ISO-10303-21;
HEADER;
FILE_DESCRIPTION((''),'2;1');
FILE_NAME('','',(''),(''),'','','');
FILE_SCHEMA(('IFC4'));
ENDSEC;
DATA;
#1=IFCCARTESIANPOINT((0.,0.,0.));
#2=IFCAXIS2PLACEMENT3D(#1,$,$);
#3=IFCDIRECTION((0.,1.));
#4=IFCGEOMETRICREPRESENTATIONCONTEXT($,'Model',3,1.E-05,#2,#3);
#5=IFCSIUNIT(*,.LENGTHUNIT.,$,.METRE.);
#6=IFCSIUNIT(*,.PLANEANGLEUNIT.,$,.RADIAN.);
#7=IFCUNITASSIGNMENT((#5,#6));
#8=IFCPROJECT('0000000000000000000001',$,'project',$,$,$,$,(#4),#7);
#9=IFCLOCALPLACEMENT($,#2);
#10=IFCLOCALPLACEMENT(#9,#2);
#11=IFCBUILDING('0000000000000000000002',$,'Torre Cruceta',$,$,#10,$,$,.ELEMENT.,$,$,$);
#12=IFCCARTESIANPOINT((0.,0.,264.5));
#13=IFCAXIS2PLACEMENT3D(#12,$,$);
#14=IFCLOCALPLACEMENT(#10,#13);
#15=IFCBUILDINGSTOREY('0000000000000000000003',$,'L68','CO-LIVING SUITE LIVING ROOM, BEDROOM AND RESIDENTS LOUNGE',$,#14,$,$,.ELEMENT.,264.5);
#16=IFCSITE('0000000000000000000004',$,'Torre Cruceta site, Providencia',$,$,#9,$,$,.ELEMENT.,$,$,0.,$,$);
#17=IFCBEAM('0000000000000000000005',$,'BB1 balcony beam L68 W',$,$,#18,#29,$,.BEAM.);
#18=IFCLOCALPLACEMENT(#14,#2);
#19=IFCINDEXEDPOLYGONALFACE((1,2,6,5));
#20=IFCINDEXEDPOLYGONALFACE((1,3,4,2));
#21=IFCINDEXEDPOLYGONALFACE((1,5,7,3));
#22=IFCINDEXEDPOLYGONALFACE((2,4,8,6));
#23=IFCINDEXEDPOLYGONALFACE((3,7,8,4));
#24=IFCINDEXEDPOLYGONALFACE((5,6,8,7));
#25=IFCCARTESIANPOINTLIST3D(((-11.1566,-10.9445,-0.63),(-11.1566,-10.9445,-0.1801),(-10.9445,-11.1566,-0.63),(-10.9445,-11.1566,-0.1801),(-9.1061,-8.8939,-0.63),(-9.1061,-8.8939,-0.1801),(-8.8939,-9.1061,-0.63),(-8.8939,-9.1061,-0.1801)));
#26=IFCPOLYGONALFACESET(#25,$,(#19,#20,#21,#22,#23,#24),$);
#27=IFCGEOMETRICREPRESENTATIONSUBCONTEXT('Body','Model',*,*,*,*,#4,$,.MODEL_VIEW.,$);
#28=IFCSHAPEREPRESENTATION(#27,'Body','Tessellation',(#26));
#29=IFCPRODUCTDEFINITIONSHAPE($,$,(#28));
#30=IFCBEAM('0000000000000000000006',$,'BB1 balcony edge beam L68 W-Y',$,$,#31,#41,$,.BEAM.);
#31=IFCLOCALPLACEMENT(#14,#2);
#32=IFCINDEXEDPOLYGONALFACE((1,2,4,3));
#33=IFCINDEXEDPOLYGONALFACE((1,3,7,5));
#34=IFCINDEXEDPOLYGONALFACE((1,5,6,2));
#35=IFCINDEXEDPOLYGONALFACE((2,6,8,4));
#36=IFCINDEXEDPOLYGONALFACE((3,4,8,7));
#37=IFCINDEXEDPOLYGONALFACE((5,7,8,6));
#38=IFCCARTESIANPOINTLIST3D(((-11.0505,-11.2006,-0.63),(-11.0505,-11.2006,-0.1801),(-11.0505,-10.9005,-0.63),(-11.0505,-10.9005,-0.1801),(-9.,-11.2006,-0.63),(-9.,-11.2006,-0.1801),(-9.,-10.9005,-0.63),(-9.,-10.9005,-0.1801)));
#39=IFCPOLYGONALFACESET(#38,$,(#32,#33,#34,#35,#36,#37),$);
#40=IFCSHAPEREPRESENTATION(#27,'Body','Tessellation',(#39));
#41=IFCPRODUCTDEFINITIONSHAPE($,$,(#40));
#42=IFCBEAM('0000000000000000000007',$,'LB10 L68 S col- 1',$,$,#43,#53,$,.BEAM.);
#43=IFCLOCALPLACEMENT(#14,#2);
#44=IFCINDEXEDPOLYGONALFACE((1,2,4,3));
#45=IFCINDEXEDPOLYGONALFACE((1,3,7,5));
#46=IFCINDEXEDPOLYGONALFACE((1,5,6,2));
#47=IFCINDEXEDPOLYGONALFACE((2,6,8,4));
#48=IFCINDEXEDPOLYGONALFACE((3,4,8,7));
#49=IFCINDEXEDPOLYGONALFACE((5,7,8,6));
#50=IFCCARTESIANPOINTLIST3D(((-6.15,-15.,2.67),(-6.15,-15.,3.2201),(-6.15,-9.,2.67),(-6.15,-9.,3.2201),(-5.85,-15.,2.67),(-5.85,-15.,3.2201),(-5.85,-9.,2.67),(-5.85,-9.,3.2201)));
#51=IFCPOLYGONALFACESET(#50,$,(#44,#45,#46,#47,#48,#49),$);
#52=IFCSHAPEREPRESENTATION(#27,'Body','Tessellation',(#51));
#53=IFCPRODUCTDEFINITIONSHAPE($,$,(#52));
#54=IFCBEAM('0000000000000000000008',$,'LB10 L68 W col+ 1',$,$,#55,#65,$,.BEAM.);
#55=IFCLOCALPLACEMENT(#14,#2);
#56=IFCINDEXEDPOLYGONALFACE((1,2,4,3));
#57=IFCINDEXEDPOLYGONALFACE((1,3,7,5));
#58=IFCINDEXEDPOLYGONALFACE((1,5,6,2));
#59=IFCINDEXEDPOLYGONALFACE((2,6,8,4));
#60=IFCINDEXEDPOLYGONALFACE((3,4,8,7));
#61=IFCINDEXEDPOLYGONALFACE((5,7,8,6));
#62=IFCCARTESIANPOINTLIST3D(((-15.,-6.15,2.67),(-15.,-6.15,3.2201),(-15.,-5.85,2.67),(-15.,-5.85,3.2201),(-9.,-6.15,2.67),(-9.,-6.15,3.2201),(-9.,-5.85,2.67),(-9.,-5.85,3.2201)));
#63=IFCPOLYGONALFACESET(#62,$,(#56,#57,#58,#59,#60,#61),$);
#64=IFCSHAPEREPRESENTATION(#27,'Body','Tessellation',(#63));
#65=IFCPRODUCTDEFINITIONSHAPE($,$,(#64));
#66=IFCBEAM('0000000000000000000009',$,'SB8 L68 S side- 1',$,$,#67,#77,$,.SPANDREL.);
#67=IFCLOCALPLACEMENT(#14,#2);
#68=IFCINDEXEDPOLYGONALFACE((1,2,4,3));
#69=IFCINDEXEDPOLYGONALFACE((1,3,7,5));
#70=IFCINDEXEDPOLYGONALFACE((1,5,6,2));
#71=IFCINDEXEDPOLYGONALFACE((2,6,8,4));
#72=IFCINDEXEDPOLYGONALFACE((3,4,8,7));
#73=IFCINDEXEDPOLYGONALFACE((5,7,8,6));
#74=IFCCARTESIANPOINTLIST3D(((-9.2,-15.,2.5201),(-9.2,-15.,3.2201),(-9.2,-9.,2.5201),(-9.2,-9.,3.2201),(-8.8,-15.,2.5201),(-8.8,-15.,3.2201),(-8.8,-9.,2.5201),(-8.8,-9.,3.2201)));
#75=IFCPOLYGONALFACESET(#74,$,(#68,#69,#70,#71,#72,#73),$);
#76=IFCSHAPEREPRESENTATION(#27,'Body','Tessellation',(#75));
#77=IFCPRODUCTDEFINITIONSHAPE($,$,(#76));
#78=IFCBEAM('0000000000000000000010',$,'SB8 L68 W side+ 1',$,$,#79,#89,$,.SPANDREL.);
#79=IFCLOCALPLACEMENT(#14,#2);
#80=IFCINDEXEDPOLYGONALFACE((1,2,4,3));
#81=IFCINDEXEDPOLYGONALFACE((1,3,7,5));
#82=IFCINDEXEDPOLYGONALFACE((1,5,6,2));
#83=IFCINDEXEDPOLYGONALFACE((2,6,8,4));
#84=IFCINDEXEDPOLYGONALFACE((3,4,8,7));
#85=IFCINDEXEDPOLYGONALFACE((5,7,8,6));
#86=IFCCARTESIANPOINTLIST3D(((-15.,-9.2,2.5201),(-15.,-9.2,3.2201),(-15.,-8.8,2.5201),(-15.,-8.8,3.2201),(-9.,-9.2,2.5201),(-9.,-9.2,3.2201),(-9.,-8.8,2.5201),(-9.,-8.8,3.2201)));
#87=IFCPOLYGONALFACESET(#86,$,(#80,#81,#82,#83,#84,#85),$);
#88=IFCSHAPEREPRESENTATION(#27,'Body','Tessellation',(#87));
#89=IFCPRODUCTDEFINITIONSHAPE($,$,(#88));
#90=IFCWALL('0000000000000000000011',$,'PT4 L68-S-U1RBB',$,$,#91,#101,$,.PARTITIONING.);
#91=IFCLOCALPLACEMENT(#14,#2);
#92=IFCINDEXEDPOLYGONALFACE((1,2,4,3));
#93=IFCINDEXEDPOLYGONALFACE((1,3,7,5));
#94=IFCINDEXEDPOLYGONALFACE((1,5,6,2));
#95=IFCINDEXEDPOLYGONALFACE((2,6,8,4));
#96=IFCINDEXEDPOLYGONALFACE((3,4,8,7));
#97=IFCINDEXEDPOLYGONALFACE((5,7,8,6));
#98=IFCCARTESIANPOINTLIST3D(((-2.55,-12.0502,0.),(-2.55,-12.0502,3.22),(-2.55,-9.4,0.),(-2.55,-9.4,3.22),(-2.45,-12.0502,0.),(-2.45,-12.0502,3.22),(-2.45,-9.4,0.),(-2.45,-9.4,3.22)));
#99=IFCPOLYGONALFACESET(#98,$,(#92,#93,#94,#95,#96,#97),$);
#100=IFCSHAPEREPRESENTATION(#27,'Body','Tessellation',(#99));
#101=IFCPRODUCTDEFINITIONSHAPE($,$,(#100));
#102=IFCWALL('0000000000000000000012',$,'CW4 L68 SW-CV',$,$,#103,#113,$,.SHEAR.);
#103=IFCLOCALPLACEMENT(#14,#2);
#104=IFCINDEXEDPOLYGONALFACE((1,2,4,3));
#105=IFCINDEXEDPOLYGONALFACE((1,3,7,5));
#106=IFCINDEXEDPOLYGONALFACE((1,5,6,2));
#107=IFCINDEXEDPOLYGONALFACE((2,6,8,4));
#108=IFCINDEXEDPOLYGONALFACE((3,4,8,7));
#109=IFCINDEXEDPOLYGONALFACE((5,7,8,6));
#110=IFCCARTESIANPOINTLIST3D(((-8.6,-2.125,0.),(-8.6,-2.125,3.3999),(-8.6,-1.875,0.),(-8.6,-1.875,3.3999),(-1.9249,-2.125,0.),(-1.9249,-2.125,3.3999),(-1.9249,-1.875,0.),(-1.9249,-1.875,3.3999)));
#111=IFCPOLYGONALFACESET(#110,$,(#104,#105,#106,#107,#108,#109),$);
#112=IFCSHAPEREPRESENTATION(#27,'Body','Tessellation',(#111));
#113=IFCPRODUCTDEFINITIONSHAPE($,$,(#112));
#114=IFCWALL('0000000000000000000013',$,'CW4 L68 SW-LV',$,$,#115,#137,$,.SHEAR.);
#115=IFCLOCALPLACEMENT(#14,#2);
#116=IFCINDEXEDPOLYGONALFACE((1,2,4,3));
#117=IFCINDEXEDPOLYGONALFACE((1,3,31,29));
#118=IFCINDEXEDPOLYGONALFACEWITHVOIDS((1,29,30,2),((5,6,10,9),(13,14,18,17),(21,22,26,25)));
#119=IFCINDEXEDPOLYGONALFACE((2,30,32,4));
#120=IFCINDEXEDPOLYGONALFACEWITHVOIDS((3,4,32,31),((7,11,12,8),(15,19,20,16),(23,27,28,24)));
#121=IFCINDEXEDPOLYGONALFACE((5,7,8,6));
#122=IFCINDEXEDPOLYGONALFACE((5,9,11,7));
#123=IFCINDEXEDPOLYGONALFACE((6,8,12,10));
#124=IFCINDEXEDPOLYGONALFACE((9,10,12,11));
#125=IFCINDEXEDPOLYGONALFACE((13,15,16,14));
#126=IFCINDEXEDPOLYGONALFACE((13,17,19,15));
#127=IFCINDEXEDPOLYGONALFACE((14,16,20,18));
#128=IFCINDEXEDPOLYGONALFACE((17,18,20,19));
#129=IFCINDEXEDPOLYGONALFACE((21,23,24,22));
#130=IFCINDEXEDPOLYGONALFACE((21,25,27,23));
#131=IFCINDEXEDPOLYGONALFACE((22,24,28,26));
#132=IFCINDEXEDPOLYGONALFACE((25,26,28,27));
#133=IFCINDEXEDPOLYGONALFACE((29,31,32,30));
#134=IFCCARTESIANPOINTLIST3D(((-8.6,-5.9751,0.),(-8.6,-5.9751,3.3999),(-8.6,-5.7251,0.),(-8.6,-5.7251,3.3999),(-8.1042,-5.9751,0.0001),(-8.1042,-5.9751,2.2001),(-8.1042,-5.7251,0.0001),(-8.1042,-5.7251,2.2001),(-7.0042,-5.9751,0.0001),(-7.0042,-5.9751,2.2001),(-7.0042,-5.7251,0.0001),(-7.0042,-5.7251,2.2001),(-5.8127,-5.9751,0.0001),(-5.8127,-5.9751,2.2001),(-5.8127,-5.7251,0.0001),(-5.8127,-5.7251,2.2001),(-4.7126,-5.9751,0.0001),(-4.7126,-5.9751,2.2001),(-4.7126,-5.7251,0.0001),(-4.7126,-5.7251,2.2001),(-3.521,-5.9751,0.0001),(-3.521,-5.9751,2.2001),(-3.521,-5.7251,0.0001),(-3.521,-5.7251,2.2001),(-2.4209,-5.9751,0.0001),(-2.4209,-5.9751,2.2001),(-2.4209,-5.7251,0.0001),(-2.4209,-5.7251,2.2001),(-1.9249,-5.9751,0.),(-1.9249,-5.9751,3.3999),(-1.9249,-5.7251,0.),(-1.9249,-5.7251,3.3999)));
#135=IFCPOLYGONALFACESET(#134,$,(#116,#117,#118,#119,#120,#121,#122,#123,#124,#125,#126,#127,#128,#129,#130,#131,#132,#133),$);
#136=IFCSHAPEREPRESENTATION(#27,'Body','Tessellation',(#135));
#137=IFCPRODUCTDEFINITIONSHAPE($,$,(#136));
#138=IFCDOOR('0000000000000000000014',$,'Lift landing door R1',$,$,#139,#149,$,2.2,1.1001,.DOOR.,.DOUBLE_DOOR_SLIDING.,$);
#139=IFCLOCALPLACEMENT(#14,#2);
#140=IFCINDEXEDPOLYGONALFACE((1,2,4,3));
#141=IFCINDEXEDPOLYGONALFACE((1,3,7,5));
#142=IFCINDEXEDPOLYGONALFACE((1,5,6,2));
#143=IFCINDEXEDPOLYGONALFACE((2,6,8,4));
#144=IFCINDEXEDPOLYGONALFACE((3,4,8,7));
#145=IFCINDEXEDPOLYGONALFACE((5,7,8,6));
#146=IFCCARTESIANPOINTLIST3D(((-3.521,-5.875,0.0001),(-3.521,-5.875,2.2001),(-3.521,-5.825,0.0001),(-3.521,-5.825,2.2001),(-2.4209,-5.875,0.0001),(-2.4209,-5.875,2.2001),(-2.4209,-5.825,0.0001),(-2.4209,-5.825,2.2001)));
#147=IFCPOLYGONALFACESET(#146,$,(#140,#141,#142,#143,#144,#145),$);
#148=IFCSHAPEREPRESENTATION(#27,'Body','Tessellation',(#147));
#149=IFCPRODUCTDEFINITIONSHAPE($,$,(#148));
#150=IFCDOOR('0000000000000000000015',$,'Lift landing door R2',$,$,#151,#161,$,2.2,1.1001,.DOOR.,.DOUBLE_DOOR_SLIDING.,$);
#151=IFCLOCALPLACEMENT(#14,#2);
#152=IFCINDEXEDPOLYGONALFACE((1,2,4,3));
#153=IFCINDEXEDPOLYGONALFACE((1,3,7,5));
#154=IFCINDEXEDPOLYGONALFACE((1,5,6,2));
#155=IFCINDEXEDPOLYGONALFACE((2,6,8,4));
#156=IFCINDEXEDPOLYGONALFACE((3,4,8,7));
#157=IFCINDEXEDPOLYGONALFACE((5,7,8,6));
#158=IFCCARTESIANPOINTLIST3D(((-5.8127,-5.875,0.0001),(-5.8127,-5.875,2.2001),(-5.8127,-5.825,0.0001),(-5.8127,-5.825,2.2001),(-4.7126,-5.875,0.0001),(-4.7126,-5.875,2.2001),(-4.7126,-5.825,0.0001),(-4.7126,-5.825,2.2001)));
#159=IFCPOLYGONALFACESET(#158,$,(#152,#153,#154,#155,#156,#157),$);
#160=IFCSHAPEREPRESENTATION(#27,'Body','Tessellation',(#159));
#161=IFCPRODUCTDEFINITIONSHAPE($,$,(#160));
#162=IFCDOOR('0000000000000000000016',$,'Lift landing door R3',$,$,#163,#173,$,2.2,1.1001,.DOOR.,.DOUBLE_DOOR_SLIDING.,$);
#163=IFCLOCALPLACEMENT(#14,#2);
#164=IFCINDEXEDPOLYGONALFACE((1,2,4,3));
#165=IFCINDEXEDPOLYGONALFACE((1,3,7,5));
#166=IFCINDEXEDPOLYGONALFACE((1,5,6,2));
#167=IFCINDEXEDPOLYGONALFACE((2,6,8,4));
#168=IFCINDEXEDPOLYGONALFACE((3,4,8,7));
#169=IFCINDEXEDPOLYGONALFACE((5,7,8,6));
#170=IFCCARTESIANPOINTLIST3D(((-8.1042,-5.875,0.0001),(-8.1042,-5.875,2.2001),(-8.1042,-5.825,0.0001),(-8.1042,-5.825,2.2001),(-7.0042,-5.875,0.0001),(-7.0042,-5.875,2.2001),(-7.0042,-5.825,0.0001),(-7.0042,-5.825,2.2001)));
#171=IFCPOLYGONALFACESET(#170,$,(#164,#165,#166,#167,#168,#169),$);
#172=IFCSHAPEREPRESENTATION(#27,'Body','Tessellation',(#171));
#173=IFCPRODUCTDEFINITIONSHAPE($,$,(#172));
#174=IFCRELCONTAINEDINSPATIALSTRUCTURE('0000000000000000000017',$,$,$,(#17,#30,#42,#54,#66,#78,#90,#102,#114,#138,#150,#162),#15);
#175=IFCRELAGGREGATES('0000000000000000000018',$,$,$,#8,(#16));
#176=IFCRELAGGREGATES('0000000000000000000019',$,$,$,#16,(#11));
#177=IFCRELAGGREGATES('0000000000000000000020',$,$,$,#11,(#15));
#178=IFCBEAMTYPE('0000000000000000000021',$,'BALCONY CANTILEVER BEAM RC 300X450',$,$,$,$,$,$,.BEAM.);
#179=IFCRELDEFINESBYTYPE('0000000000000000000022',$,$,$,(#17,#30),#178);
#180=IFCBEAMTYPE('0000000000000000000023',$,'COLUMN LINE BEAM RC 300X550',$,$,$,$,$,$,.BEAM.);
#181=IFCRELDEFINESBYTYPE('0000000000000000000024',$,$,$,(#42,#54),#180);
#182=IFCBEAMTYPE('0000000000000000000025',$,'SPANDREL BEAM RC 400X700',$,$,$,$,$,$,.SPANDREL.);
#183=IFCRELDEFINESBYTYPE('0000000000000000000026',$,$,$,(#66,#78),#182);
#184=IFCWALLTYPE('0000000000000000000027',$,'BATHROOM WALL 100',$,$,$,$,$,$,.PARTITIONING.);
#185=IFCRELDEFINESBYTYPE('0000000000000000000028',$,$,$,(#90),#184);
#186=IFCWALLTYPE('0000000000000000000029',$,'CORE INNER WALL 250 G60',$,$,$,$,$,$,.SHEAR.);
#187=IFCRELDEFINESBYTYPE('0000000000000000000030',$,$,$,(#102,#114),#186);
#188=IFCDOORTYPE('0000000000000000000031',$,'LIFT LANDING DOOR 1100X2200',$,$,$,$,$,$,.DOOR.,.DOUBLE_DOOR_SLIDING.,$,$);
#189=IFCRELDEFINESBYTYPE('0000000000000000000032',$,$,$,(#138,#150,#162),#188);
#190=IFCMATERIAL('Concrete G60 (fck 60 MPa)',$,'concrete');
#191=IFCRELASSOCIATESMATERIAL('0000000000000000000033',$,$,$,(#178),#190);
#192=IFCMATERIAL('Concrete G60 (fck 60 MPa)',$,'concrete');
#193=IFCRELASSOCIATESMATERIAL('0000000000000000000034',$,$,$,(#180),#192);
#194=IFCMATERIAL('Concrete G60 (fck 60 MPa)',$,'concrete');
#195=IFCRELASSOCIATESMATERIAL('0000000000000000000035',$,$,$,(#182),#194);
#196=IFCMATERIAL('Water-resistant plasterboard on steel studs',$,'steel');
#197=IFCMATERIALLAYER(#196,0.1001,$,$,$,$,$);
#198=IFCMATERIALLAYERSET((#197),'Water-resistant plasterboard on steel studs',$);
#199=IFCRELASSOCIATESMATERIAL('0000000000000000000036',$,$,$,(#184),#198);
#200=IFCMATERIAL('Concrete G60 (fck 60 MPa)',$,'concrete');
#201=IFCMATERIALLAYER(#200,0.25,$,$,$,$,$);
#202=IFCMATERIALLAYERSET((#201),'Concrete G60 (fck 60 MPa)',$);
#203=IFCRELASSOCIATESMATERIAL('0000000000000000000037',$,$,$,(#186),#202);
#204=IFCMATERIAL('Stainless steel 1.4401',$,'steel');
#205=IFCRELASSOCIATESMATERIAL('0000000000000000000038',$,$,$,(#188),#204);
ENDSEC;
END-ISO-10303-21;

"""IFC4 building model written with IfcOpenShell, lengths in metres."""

from ifc_helpers import new_model, si_unit, direction, frame, frame_2d, origin, origin_2d, place, context, subcontext, project, spatial, rectangle, extrude, material, layer, layer_set, material_profile, profile_set, type_object, element, fill, save


model = new_model("IFC4")

# Units and contexts
model_context = context("Model", 3, precision=1e-05, world=origin(), true_north=direction((0.0, 1.0)))
body_context = subcontext(model_context, "Body", "Model", "MODEL_VIEW")
ifc_project = project(units=[si_unit("LENGTHUNIT", "METRE"), si_unit("PLANEANGLEUNIT", "RADIAN")], contexts=[model_context])

# Site, building, storey
site_placement = place(None, origin())
site = spatial("IfcSite", under=ifc_project, at=site_placement, Name="Torre Cruceta site, Providencia", CompositionType="ELEMENT", RefElevation=0.0)
building_placement = place(site_placement, origin())
building = spatial("IfcBuilding", under=site, at=building_placement, Name="Torre Cruceta", CompositionType="ELEMENT")
storey_placement = place(building_placement, frame((0.0, 0.0, 264.5)))
storey = spatial("IfcBuildingStorey", under=building, at=storey_placement, Name="L68", Description="CO-LIVING SUITE LIVING ROOM, BEDROOM AND RESIDENTS LOUNGE", CompositionType="ELEMENT", Elevation=264.5)

# Beams
ifc_material_1 = material(Name="Concrete G60 (fck 60 MPa)", Category="concrete")
ifc_material_profile_1 = material_profile(ifc_material_1, rectangle(XDim=0.3, YDim=0.45, at=origin_2d()), Name="RC 300X450")
ifc_profile_set_1 = profile_set([ifc_material_profile_1], Name="Concrete G60 (fck 60 MPa)")
beam_type_1 = type_object("IfcBeamType", Name="BALCONY CANTILEVER BEAM RC 300X450", PredefinedType="BEAM", material=ifc_profile_set_1)
beam_1_placement = place(storey_placement, frame((-9.0, -9.0, -0.405), z_axis=(-0.707107, -0.707107, 0.0), x_axis=(0.707107, -0.707107, 0.0)))
element("IfcBeam", 1, at=beam_1_placement, inside=storey, type_object=beam_type_1, Name="BB1 balcony beam L68 W", PredefinedType="BEAM", context=body_context, shape_type="SweptSolid", body=[
    extrude(rectangle(XDim=0.3, YDim=0.45, at=origin_2d()), origin(), (0.0, 0.0, 1.0), 2.8999),
])
beam_2_placement = place(storey_placement, frame((-9.0, -11.0505, -0.405), z_axis=(-1.0, 0.0, 0.0), x_axis=(0.0, -1.0, 0.0)))
element("IfcBeam", 2, at=beam_2_placement, inside=storey, type_object=beam_type_1, Name="BB1 balcony edge beam L68 W-Y", PredefinedType="BEAM", context=body_context, shape_type="SweptSolid", body=[
    extrude(rectangle(XDim=0.3, YDim=0.45, at=origin_2d()), origin(), (0.0, 0.0, 1.0), 2.0505),
])
ifc_material_2 = material(Name="Concrete G60 (fck 60 MPa)", Category="concrete")
ifc_material_profile_2 = material_profile(ifc_material_2, rectangle(XDim=0.3, YDim=0.55, at=origin_2d()), Name="RC 300X550")
ifc_profile_set_2 = profile_set([ifc_material_profile_2], Name="Concrete G60 (fck 60 MPa)")
beam_type_2 = type_object("IfcBeamType", Name="COLUMN LINE BEAM RC 300X550", PredefinedType="BEAM", material=ifc_profile_set_2)
for number, where, z_axis, x_axis, name in (
    (3, (-6.0, -9.0, 2.9451), (0.0, -1.0, 0.0), (1.0, 0.0, 0.0), "LB10 L68 S col- 1"),
    (4, (-9.0, -6.0, 2.9451), (-1.0, 0.0, 0.0), (0.0, -1.0, 0.0), "LB10 L68 W col+ 1"),
):
    element("IfcBeam", number, at=place(storey_placement, frame(where, z_axis=z_axis, x_axis=x_axis)), inside=storey, type_object=beam_type_2, Name=name, PredefinedType="BEAM", context=body_context, shape_type="SweptSolid", body=[
        extrude(rectangle(XDim=0.3, YDim=0.55, at=origin_2d()), origin(), (0.0, 0.0, 1.0), 6.0),
    ])
ifc_material_3 = material(Name="Concrete G60 (fck 60 MPa)", Category="concrete")
ifc_material_profile_3 = material_profile(ifc_material_3, rectangle(XDim=0.3999, YDim=0.7, at=origin_2d()), Name="RC 400X700")
ifc_profile_set_3 = profile_set([ifc_material_profile_3], Name="Concrete G60 (fck 60 MPa)")
beam_type_3 = type_object("IfcBeamType", Name="SPANDREL BEAM RC 400X700", PredefinedType="SPANDREL", material=ifc_profile_set_3)
for number, where, z_axis, x_axis, name in (
    (5, (-9.0, -9.0, 2.8701), (0.0, -1.0, 0.0), (1.0, 0.0, 0.0), "SB8 L68 S side- 1"),
    (6, (-9.0, -9.0, 2.8701), (-1.0, 0.0, 0.0), (0.0, -1.0, 0.0), "SB8 L68 W side+ 1"),
):
    element("IfcBeam", number, at=place(storey_placement, frame(where, z_axis=z_axis, x_axis=x_axis)), inside=storey, type_object=beam_type_3, Name=name, PredefinedType="SPANDREL", context=body_context, shape_type="SweptSolid", body=[
        extrude(rectangle(XDim=0.3999, YDim=0.7, at=origin_2d()), origin(), (0.0, 0.0, 1.0), 6.0),
    ])

# Wall
ifc_material_4 = material(Name="Water-resistant plasterboard on steel studs", Category="steel")
ifc_layer_1 = layer(ifc_material_4, 0.1001)
ifc_layer_set_1 = layer_set([ifc_layer_1], Name="Water-resistant plasterboard on steel studs")
wall_type_1 = type_object("IfcWallType", Name="BATHROOM WALL 100", PredefinedType="PARTITIONING", material=ifc_layer_set_1)
wall_1_placement = place(storey_placement, frame((-2.5, -9.3999, 0.0), z_axis=(0.0, 0.0, 1.0), x_axis=(0.0, -1.0, 0.0)))
element("IfcWall", 7, at=wall_1_placement, inside=storey, type_object=wall_type_1, Name="PT4 L68-S-U1RBB", PredefinedType="PARTITIONING", context=body_context, shape_type="SweptSolid", body=[
    extrude(rectangle(XDim=2.6501, YDim=0.1001, at=frame_2d((1.3252, 0.0))), origin(), (0.0, 0.0, 1.0), 3.22),
])

# Shared definitions
ifc_material_5 = material(Name="Concrete G60 (fck 60 MPa)", Category="concrete")
ifc_layer_2 = layer(ifc_material_5, 0.25)
ifc_layer_set_2 = layer_set([ifc_layer_2], Name="Concrete G60 (fck 60 MPa)")
wall_type_2 = type_object("IfcWallType", Name="CORE INNER WALL 250 G60", PredefinedType="SHEAR", material=ifc_layer_set_2)

# Wall
wall_2_placement = place(storey_placement, frame((-1.925, -2.0, 0.0), z_axis=(0.0, 0.0, 1.0), x_axis=(-1.0, 0.0, 0.0)))
element("IfcWall", 8, at=wall_2_placement, inside=storey, type_object=wall_type_2, Name="CW4 L68 SW-CV", PredefinedType="SHEAR", context=body_context, shape_type="SweptSolid", body=[
    extrude(rectangle(XDim=6.675, YDim=0.25, at=frame_2d((3.3374, 0.0))), origin(), (0.0, 0.0, 1.0), 3.3999),
])

# Wall, openings, doors
wall_3_placement = place(storey_placement, frame((-1.925, -5.8501, 0.0), z_axis=(0.0, 0.0, 1.0), x_axis=(-1.0, 0.0, 0.0)))
wall_3 = element("IfcWall", 9, at=wall_3_placement, inside=storey, type_object=wall_type_2, Name="CW4 L68 SW-LV", PredefinedType="SHEAR", context=body_context, shape_type="SweptSolid", body=[
    extrude(rectangle(XDim=6.675, YDim=0.25, at=frame_2d((3.3374, 0.0))), origin(), (0.0, 0.0, 1.0), 3.3999),
])
opening_1_placement = place(wall_3_placement, frame((0.4958, 0.0, 0.0)))
opening_1 = element("IfcOpeningElement", 10, at=opening_1_placement, cuts=wall_3, PredefinedType="OPENING", context=body_context, shape_type="SweptSolid", body=[
    extrude(rectangle(XDim=1.1001, YDim=2.2, at=frame_2d((0.55, 1.1001))), frame((0.0, 0.135, 0.0), z_axis=(0.0, -1.0, 0.0), x_axis=(1.0, 0.0, 0.0)), (0.0, 0.0, 1.0), 0.27),
])
opening_2_placement = place(wall_3_placement, frame((2.7876, 0.0, 0.0)))
opening_2 = element("IfcOpeningElement", 11, at=opening_2_placement, cuts=wall_3, PredefinedType="OPENING", context=body_context, shape_type="SweptSolid", body=[
    extrude(rectangle(XDim=1.1001, YDim=2.2, at=frame_2d((0.55, 1.1001))), frame((0.0, 0.135, 0.0), z_axis=(0.0, -1.0, 0.0), x_axis=(1.0, 0.0, 0.0)), (0.0, 0.0, 1.0), 0.27),
])
opening_3_placement = place(wall_3_placement, frame((5.0791, 0.0, 0.0)))
opening_3 = element("IfcOpeningElement", 12, at=opening_3_placement, cuts=wall_3, PredefinedType="OPENING", context=body_context, shape_type="SweptSolid", body=[
    extrude(rectangle(XDim=1.1001, YDim=2.2, at=frame_2d((0.55, 1.1001))), frame((0.0, 0.135, 0.0), z_axis=(0.0, -1.0, 0.0), x_axis=(1.0, 0.0, 0.0)), (0.0, 0.0, 1.0), 0.27),
])
ifc_material_6 = material(Name="Stainless steel 1.4401", Category="steel")
door_type_1 = type_object("IfcDoorType", Name="LIFT LANDING DOOR 1100X2200", OperationType="DOUBLE_DOOR_SLIDING", PredefinedType="DOOR", material=ifc_material_6)
door_1_placement = place(opening_1_placement, origin())
door_1 = element("IfcDoor", 13, at=door_1_placement, inside=storey, type_object=door_type_1, Name="Lift landing door R1", OperationType="DOUBLE_DOOR_SLIDING", OverallHeight=2.2, OverallWidth=1.1001, PredefinedType="DOOR", context=body_context, shape_type="SweptSolid", body=[
    extrude(rectangle(XDim=1.1001, YDim=2.2, at=frame_2d((0.55, 1.1001))), frame((0.0, 0.0249, 0.0), z_axis=(0.0, -1.0, 0.0), x_axis=(1.0, 0.0, 0.0)), (0.0, 0.0, 1.0), 0.05),
])
fill(opening_1, door_1)
door_2_placement = place(opening_2_placement, origin())
door_2 = element("IfcDoor", 14, at=door_2_placement, inside=storey, type_object=door_type_1, Name="Lift landing door R2", OperationType="DOUBLE_DOOR_SLIDING", OverallHeight=2.2, OverallWidth=1.1001, PredefinedType="DOOR", context=body_context, shape_type="SweptSolid", body=[
    extrude(rectangle(XDim=1.1001, YDim=2.2, at=frame_2d((0.55, 1.1001))), frame((0.0, 0.0249, 0.0), z_axis=(0.0, -1.0, 0.0), x_axis=(1.0, 0.0, 0.0)), (0.0, 0.0, 1.0), 0.05),
])
fill(opening_2, door_2)
door_3_placement = place(opening_3_placement, origin())
door_3 = element("IfcDoor", 15, at=door_3_placement, inside=storey, type_object=door_type_1, Name="Lift landing door R3", OperationType="DOUBLE_DOOR_SLIDING", OverallHeight=2.2, OverallWidth=1.1001, PredefinedType="DOOR", context=body_context, shape_type="SweptSolid", body=[
    extrude(rectangle(XDim=1.1001, YDim=2.2, at=frame_2d((0.55, 1.1001))), frame((0.0, 0.0249, 0.0), z_axis=(0.0, -1.0, 0.0), x_axis=(1.0, 0.0, 0.0)), (0.0, 0.0, 1.0), 0.05),
])
fill(opening_3, door_3)

save(model, "model.ifc")
